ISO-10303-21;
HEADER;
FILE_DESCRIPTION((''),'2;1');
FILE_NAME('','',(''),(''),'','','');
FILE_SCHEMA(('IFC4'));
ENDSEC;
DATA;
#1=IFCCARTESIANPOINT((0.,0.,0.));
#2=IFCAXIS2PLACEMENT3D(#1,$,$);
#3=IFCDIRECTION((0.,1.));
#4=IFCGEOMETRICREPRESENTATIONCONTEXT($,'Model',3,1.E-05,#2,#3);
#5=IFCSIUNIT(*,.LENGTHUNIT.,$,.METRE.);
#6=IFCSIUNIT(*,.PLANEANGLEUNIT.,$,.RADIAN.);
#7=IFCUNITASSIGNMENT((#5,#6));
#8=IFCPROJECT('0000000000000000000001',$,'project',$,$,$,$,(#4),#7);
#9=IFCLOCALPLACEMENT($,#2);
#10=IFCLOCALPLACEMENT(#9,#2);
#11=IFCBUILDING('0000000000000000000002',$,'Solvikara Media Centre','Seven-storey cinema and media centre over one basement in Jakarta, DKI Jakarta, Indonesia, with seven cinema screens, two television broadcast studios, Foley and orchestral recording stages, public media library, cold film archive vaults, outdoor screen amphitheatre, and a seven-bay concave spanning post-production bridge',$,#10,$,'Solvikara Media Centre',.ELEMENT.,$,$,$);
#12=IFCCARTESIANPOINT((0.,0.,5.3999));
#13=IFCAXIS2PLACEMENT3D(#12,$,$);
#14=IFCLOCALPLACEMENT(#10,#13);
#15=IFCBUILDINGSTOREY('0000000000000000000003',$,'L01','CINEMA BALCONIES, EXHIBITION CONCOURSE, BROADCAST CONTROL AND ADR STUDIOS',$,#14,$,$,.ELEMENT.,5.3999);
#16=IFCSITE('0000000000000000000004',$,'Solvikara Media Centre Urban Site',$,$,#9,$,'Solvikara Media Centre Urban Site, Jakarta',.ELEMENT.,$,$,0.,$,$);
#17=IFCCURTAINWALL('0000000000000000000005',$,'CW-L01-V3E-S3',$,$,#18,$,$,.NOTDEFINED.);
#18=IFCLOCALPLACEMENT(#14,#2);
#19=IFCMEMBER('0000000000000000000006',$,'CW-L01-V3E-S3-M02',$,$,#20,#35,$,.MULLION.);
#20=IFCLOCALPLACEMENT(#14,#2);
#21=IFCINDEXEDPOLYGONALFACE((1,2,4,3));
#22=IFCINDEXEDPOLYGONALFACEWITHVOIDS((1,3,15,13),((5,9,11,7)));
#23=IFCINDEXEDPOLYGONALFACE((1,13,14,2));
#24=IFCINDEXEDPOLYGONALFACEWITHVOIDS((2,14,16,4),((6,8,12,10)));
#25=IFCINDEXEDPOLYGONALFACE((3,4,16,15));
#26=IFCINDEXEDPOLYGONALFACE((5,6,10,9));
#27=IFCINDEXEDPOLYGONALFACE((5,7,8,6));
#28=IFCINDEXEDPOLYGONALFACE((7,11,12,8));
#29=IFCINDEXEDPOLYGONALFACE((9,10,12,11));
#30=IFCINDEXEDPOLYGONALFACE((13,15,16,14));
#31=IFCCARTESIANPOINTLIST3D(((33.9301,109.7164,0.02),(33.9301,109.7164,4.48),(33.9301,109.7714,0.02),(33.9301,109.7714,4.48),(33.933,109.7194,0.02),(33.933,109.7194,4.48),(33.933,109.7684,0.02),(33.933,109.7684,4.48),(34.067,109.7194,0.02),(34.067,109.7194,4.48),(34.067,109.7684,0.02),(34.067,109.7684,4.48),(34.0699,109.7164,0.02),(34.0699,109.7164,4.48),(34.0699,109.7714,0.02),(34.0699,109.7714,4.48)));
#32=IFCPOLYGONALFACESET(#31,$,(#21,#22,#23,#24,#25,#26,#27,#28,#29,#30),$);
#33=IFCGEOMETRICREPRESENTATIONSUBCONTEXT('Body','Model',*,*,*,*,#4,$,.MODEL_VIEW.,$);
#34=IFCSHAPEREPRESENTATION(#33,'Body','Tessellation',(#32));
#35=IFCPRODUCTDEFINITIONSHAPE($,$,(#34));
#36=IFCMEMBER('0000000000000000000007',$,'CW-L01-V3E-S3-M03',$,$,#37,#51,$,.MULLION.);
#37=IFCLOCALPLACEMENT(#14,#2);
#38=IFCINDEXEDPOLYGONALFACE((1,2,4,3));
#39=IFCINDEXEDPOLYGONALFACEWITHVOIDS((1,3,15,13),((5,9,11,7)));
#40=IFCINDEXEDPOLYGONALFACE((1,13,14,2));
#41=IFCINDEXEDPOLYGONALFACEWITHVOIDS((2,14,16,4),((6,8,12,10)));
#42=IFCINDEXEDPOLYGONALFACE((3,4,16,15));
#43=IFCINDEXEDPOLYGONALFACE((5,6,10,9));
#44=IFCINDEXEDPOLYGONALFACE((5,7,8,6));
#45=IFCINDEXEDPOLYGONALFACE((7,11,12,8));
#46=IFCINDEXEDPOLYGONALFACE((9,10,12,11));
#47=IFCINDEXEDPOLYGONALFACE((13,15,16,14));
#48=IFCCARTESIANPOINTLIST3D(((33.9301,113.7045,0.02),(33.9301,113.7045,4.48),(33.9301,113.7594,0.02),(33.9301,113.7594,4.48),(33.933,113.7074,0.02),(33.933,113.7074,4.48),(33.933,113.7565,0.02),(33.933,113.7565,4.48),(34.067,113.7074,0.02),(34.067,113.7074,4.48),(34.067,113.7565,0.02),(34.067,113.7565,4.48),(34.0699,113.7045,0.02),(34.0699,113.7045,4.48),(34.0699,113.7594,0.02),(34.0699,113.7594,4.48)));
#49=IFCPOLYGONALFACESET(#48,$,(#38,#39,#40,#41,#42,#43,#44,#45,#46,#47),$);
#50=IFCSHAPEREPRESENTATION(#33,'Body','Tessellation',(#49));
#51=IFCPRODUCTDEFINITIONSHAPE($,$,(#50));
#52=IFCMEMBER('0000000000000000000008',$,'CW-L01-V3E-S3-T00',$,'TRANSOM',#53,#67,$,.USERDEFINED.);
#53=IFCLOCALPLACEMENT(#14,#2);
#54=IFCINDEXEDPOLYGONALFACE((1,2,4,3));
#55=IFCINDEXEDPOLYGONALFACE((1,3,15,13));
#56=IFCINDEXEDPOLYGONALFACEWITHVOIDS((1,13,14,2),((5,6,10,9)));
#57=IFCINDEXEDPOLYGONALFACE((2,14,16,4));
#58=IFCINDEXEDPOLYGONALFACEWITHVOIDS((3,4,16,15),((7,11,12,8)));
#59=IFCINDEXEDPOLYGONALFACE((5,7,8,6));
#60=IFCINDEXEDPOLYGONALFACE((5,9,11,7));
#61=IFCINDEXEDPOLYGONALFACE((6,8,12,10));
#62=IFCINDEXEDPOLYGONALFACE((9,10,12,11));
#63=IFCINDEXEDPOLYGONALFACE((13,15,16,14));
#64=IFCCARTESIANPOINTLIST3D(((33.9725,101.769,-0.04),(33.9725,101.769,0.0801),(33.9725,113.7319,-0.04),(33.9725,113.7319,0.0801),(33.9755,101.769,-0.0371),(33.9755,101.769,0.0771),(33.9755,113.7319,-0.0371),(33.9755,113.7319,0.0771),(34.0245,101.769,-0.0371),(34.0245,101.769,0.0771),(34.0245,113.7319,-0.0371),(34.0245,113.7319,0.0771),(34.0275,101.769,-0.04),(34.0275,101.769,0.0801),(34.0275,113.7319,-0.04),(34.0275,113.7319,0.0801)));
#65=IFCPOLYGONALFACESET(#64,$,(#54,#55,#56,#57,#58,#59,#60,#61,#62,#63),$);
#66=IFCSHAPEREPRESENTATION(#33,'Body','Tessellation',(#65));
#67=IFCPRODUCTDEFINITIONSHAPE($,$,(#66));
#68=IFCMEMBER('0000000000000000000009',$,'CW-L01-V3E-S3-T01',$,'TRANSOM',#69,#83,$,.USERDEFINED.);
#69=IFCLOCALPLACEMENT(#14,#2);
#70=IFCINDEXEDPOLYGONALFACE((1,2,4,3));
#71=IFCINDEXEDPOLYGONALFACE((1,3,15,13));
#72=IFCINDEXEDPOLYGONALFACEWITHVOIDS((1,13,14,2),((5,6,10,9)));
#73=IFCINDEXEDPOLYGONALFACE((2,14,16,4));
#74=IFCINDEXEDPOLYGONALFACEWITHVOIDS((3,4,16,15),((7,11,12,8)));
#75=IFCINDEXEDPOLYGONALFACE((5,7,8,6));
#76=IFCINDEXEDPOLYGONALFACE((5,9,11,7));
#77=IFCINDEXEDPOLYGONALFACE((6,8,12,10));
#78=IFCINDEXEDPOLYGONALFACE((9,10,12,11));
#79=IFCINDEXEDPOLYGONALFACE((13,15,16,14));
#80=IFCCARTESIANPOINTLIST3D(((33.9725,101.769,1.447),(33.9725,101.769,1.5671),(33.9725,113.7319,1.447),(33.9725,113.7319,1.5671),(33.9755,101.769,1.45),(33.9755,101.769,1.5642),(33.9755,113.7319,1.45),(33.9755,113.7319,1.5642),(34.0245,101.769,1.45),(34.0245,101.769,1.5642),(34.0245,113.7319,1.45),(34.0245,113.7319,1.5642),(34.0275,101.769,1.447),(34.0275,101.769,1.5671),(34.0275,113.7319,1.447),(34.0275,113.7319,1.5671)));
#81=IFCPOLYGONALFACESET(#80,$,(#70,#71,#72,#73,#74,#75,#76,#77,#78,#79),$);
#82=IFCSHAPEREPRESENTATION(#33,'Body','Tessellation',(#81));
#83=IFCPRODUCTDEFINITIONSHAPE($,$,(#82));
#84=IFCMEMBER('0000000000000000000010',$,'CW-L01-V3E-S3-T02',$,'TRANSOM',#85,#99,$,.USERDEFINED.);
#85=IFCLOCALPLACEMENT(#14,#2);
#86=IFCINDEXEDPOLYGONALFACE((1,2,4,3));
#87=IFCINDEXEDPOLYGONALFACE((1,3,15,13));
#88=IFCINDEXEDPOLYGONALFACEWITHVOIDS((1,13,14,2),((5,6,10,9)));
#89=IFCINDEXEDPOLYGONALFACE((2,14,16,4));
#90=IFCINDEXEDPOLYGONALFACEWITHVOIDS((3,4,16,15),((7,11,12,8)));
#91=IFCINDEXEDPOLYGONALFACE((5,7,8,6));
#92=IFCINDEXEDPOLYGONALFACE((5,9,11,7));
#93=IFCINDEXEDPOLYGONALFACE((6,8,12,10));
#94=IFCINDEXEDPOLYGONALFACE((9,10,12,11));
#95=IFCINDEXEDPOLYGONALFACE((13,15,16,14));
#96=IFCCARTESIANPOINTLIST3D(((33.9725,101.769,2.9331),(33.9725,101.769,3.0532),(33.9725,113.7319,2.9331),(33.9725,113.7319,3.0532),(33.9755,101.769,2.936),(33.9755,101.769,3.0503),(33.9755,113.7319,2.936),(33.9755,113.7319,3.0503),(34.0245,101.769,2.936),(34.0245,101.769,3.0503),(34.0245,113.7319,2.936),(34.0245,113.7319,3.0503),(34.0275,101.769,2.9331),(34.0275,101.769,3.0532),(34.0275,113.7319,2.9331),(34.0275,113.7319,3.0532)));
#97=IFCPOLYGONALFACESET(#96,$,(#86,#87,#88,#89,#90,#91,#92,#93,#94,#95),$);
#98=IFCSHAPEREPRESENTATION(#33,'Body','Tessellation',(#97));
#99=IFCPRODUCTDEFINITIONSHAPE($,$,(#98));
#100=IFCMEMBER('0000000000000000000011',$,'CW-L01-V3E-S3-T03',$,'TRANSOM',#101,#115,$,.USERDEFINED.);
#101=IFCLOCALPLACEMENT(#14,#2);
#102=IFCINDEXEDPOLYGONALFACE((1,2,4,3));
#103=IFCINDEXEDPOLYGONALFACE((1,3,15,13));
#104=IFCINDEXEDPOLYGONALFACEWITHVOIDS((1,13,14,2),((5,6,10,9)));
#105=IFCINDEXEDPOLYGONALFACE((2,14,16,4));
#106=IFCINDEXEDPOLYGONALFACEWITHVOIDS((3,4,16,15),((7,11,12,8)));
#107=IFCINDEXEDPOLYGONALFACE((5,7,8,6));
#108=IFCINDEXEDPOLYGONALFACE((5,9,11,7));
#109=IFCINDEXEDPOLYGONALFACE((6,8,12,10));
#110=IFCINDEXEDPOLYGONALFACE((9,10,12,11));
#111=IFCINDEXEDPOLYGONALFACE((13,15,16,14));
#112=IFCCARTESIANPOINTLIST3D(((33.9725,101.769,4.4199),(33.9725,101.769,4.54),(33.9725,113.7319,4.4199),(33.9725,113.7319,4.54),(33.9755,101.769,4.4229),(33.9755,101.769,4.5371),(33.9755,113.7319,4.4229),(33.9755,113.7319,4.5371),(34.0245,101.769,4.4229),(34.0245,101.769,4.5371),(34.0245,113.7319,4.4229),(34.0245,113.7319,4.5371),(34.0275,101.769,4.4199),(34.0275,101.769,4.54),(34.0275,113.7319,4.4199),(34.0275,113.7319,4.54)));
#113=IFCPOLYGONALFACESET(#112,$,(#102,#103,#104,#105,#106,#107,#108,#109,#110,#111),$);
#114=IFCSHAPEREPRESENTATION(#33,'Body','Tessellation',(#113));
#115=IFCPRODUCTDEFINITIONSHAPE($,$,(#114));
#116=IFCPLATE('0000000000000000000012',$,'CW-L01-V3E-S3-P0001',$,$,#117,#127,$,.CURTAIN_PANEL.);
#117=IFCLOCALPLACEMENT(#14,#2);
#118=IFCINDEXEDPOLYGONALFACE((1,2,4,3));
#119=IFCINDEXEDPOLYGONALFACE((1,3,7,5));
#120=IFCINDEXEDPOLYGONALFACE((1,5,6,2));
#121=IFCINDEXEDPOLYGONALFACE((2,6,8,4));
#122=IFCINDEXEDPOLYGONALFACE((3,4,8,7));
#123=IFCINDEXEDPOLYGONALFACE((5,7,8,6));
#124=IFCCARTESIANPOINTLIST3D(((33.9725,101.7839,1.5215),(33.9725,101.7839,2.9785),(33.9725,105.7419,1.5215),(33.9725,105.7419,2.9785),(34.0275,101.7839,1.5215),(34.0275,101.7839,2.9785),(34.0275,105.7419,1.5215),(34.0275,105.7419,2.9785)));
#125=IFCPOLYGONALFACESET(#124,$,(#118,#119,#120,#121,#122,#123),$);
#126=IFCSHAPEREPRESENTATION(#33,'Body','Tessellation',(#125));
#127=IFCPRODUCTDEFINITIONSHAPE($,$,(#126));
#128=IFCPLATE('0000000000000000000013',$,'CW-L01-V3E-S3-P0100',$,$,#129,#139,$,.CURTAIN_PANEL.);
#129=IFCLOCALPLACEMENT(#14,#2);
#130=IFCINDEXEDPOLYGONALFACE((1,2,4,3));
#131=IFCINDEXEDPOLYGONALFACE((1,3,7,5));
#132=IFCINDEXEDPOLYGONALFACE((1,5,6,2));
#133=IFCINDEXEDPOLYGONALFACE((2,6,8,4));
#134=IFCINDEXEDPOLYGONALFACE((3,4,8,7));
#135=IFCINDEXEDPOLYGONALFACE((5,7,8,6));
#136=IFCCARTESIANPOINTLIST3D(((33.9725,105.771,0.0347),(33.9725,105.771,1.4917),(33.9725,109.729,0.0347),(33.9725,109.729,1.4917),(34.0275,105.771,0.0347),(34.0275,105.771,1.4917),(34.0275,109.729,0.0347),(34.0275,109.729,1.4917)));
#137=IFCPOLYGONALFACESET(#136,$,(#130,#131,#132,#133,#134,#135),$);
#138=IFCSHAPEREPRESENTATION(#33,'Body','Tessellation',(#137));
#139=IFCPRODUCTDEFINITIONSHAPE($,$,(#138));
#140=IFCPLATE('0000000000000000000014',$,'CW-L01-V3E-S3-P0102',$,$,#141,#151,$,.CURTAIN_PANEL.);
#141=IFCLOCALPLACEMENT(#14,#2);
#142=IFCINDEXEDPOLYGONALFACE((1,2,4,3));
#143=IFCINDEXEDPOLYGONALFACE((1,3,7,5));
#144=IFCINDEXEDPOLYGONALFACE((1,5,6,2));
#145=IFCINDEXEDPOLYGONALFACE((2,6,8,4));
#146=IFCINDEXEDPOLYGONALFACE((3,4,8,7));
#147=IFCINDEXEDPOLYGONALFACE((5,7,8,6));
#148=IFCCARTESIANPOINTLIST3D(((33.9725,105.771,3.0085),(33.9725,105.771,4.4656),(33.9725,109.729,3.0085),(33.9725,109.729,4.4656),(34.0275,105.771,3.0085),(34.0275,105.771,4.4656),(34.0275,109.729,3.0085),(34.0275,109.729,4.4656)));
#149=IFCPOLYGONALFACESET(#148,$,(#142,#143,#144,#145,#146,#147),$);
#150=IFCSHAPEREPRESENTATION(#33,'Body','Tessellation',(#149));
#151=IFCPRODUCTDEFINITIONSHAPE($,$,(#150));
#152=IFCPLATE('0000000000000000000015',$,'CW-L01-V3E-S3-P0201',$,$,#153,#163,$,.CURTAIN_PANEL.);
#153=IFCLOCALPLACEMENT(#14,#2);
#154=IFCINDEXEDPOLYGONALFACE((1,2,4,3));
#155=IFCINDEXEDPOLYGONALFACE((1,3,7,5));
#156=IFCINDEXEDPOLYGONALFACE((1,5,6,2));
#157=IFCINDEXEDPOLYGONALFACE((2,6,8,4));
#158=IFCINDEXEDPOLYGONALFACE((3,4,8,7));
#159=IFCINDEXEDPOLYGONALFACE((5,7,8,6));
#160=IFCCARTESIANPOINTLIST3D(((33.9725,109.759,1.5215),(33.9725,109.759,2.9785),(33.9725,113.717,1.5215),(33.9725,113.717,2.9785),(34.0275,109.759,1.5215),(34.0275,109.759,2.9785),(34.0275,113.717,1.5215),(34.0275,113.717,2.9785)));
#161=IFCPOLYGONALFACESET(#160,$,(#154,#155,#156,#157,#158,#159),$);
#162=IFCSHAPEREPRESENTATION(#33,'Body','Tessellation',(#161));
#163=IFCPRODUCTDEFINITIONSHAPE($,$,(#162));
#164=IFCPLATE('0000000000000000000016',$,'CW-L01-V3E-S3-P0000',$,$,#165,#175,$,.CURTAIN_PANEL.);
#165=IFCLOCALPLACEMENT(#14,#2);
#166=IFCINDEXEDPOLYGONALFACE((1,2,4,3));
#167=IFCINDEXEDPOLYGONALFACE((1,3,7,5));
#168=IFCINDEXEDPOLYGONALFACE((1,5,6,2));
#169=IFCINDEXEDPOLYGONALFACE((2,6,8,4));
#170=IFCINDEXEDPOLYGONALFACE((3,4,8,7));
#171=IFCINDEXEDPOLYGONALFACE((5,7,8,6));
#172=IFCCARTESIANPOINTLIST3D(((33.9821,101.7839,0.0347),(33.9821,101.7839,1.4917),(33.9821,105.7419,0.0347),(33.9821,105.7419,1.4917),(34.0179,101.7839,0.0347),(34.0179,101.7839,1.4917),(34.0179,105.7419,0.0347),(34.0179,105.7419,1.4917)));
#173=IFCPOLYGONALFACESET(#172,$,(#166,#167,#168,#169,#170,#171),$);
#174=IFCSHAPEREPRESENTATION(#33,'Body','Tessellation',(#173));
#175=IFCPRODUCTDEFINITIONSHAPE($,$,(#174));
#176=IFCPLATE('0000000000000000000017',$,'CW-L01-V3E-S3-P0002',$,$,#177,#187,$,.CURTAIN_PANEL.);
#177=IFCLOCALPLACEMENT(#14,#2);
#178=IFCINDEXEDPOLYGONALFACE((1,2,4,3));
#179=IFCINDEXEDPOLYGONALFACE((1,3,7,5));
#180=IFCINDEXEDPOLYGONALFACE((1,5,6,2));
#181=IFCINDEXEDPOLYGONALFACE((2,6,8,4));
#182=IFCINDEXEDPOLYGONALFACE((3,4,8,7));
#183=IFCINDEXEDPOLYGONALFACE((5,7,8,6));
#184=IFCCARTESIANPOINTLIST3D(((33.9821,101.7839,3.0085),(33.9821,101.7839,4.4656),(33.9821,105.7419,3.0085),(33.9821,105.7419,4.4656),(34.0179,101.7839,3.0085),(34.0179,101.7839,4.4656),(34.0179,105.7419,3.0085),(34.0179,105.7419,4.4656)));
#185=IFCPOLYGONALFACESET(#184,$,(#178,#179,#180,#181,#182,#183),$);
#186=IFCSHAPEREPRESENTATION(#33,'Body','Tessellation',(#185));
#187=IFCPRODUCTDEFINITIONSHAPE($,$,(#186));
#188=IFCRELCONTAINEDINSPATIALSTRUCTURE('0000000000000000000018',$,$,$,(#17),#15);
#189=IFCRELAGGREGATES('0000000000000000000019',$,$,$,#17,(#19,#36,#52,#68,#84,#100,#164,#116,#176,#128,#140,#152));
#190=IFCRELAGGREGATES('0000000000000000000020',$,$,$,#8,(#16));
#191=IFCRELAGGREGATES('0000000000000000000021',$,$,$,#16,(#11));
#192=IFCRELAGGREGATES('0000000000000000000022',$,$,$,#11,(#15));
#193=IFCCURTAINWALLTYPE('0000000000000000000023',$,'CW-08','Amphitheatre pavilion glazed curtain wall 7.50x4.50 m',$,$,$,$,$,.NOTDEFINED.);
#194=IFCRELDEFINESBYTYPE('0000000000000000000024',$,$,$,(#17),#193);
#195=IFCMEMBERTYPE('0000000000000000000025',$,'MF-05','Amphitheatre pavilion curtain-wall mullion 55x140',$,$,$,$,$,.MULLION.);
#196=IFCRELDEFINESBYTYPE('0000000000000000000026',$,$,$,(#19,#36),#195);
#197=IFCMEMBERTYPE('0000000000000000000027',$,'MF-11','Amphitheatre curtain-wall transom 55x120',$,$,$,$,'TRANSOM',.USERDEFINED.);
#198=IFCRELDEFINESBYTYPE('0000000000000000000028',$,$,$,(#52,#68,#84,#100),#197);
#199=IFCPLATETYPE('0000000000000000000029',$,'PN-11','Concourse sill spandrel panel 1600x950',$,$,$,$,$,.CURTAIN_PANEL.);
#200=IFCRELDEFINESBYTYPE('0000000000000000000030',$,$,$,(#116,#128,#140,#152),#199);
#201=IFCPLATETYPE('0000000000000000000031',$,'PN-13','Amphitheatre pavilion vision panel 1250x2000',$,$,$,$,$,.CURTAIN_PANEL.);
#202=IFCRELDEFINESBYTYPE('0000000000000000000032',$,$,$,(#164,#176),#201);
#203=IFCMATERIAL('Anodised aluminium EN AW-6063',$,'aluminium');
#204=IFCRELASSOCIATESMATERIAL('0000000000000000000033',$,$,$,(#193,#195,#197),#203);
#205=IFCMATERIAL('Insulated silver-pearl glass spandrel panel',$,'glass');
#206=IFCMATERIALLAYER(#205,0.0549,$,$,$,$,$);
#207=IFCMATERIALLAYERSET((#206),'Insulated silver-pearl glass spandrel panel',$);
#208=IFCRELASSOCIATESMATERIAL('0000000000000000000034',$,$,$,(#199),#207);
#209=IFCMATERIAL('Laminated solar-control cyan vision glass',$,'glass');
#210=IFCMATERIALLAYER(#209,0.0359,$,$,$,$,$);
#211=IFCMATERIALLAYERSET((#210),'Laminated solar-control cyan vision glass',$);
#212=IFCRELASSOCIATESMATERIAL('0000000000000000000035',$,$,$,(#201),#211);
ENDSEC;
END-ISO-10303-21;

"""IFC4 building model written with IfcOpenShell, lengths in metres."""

from ifc_helpers import new_model, si_unit, direction, frame, origin, origin_2d, place, context, subcontext, project, spatial, rectangle, hollow_rectangle, extrude, material, layer, layer_set, material_profile, profile_set, type_object, element, aggregate, save


model = new_model("IFC4")

# Units and contexts
model_context = context("Model", 3, precision=1e-05, world=origin(), true_north=direction((0.0, 1.0)))
body_context = subcontext(model_context, "Body", "Model", "MODEL_VIEW")
ifc_project = project(units=[si_unit("LENGTHUNIT", "METRE"), si_unit("PLANEANGLEUNIT", "RADIAN")], contexts=[model_context])

# Site, building, storey
site_placement = place(None, origin())
site = spatial("IfcSite", under=ifc_project, at=site_placement, Name="Solvikara Media Centre Urban Site", LongName="Solvikara Media Centre Urban Site, Jakarta", CompositionType="ELEMENT", RefElevation=0.0)
building_placement = place(site_placement, origin())
building = spatial("IfcBuilding", under=site, at=building_placement, Name="Solvikara Media Centre", Description="Seven-storey cinema and media centre over one basement in Jakarta, DKI Jakarta, Indonesia, with seven cinema screens, two television broadcast studios, Foley and orchestral recording stages, public media library, cold film archive vaults, outdoor screen amphitheatre, and a seven-bay concave spanning post-production bridge", LongName="Solvikara Media Centre", CompositionType="ELEMENT")
storey_placement = place(building_placement, frame((0.0, 0.0, 5.3999)))
storey = spatial("IfcBuildingStorey", under=building, at=storey_placement, Name="L01", Description="CINEMA BALCONIES, EXHIBITION CONCOURSE, BROADCAST CONTROL AND ADR STUDIOS", CompositionType="ELEMENT", Elevation=5.3999)

# Shared definitions
ifc_material_1 = material(Name="Anodised aluminium EN AW-6063", Category="aluminium")
curtain_wall_type = type_object("IfcCurtainWallType", Name="CW-08", Description="Amphitheatre pavilion glazed curtain wall 7.50x4.50 m", PredefinedType="NOTDEFINED", material=ifc_material_1)
ifc_material_profile_1 = material_profile(ifc_material_1, hollow_rectangle(XDim=0.0549, YDim=0.1399, WallThickness=0.0029, at=origin_2d()), Name="ALU-M 55x140x3")
ifc_profile_set_1 = profile_set([ifc_material_profile_1], Name="Anodised aluminium EN AW-6063")
member_type_1 = type_object("IfcMemberType", Name="MF-05", Description="Amphitheatre pavilion curtain-wall mullion 55x140", PredefinedType="MULLION", material=ifc_profile_set_1)

# Curtain wall, members, plates
curtain_wall_1_placement = place(storey_placement, origin())
curtain_wall_1 = element("IfcCurtainWall", 1, at=curtain_wall_1_placement, inside=storey, type_object=curtain_wall_type, Name="CW-L01-V3E-S3", PredefinedType="NOTDEFINED")
member_1_placement = place(storey_placement, frame((34.0, 109.7439, 0.02), z_axis=(0.0, 0.0, 1.0), x_axis=(0.0, 1.0, 0.0)))
member_1 = element("IfcMember", 2, at=member_1_placement, type_object=member_type_1, Name="CW-L01-V3E-S3-M02", PredefinedType="MULLION", context=body_context, shape_type="SweptSolid", body=[
    extrude(hollow_rectangle(XDim=0.0549, YDim=0.1399, WallThickness=0.0029, at=origin_2d()), origin(), (0.0, 0.0, 1.0), 4.46),
])
member_2_placement = place(storey_placement, frame((34.0, 113.7319, 0.02), z_axis=(0.0, 0.0, 1.0), x_axis=(0.0, 1.0, 0.0)))
member_2 = element("IfcMember", 3, at=member_2_placement, type_object=member_type_1, Name="CW-L01-V3E-S3-M03", PredefinedType="MULLION", context=body_context, shape_type="SweptSolid", body=[
    extrude(hollow_rectangle(XDim=0.0549, YDim=0.1399, WallThickness=0.0029, at=origin_2d()), origin(), (0.0, 0.0, 1.0), 4.46),
])
ifc_material_profile_2 = material_profile(ifc_material_1, hollow_rectangle(XDim=0.0549, YDim=0.1201, WallThickness=0.0029, at=origin_2d()), Name="ALU-T 55x120x3")
ifc_profile_set_2 = profile_set([ifc_material_profile_2], Name="Anodised aluminium EN AW-6063")
member_type_2 = type_object("IfcMemberType", Name="MF-11", Description="Amphitheatre curtain-wall transom 55x120", ElementType="TRANSOM", PredefinedType="USERDEFINED", material=ifc_profile_set_2)
member_3_placement = place(storey_placement, frame((34.0, 101.769, 0.02), z_axis=(0.0, 1.0, 0.0), x_axis=(-1.0, 0.0, 0.0)))
member_3 = element("IfcMember", 4, at=member_3_placement, type_object=member_type_2, Name="CW-L01-V3E-S3-T00", ObjectType="TRANSOM", PredefinedType="USERDEFINED", context=body_context, shape_type="SweptSolid", body=[
    extrude(hollow_rectangle(XDim=0.0549, YDim=0.1201, WallThickness=0.0029, at=origin_2d()), origin(), (0.0, 0.0, 1.0), 11.9629),
])
member_4_placement = place(storey_placement, frame((34.0, 101.769, 1.5071), z_axis=(0.0, 1.0, 0.0), x_axis=(-1.0, 0.0, 0.0)))
member_4 = element("IfcMember", 5, at=member_4_placement, type_object=member_type_2, Name="CW-L01-V3E-S3-T01", ObjectType="TRANSOM", PredefinedType="USERDEFINED", context=body_context, shape_type="SweptSolid", body=[
    extrude(hollow_rectangle(XDim=0.0549, YDim=0.1201, WallThickness=0.0029, at=origin_2d()), origin(), (0.0, 0.0, 1.0), 11.9629),
])
member_5_placement = place(storey_placement, frame((34.0, 101.769, 2.9932), z_axis=(0.0, 1.0, 0.0), x_axis=(-1.0, 0.0, 0.0)))
member_5 = element("IfcMember", 6, at=member_5_placement, type_object=member_type_2, Name="CW-L01-V3E-S3-T02", ObjectType="TRANSOM", PredefinedType="USERDEFINED", context=body_context, shape_type="SweptSolid", body=[
    extrude(hollow_rectangle(XDim=0.0549, YDim=0.1201, WallThickness=0.0029, at=origin_2d()), origin(), (0.0, 0.0, 1.0), 11.9629),
])
member_6_placement = place(storey_placement, frame((34.0, 101.769, 4.48), z_axis=(0.0, 1.0, 0.0), x_axis=(-1.0, 0.0, 0.0)))
member_6 = element("IfcMember", 7, at=member_6_placement, type_object=member_type_2, Name="CW-L01-V3E-S3-T03", ObjectType="TRANSOM", PredefinedType="USERDEFINED", context=body_context, shape_type="SweptSolid", body=[
    extrude(hollow_rectangle(XDim=0.0549, YDim=0.1201, WallThickness=0.0029, at=origin_2d()), origin(), (0.0, 0.0, 1.0), 11.9629),
])
ifc_material_2 = material(Name="Insulated silver-pearl glass spandrel panel", Category="glass")
ifc_layer_1 = layer(ifc_material_2, 0.0549)
ifc_layer_set_1 = layer_set([ifc_layer_1], Name="Insulated silver-pearl glass spandrel panel")
plate_type_1 = type_object("IfcPlateType", Name="PN-11", Description="Concourse sill spandrel panel 1600x950", PredefinedType="CURTAIN_PANEL", material=ifc_layer_set_1)
plate_1_placement = place(storey_placement, frame((34.0, 103.7629, 1.5215), z_axis=(0.0, 0.0, 1.0), x_axis=(0.0, 1.0, 0.0)))
plate_1 = element("IfcPlate", 8, at=plate_1_placement, type_object=plate_type_1, Name="CW-L01-V3E-S3-P0001", PredefinedType="CURTAIN_PANEL", context=body_context, shape_type="SweptSolid", body=[
    extrude(rectangle(XDim=3.958, YDim=0.0549, at=origin_2d()), origin(), (0.0, 0.0, 1.0), 1.457),
])
plate_2_placement = place(storey_placement, frame((34.0, 107.75, 0.0347), z_axis=(0.0, 0.0, 1.0), x_axis=(0.0, 1.0, 0.0)))
plate_2 = element("IfcPlate", 9, at=plate_2_placement, type_object=plate_type_1, Name="CW-L01-V3E-S3-P0100", PredefinedType="CURTAIN_PANEL", context=body_context, shape_type="SweptSolid", body=[
    extrude(rectangle(XDim=3.958, YDim=0.0549, at=origin_2d()), origin(), (0.0, 0.0, 1.0), 1.457),
])
plate_3_placement = place(storey_placement, frame((34.0, 107.75, 3.0085), z_axis=(0.0, 0.0, 1.0), x_axis=(0.0, 1.0, 0.0)))
plate_3 = element("IfcPlate", 10, at=plate_3_placement, type_object=plate_type_1, Name="CW-L01-V3E-S3-P0102", PredefinedType="CURTAIN_PANEL", context=body_context, shape_type="SweptSolid", body=[
    extrude(rectangle(XDim=3.958, YDim=0.0549, at=origin_2d()), origin(), (0.0, 0.0, 1.0), 1.457),
])
plate_4_placement = place(storey_placement, frame((34.0, 111.738, 1.5215), z_axis=(0.0, 0.0, 1.0), x_axis=(0.0, 1.0, 0.0)))
plate_4 = element("IfcPlate", 11, at=plate_4_placement, type_object=plate_type_1, Name="CW-L01-V3E-S3-P0201", PredefinedType="CURTAIN_PANEL", context=body_context, shape_type="SweptSolid", body=[
    extrude(rectangle(XDim=3.958, YDim=0.0549, at=origin_2d()), origin(), (0.0, 0.0, 1.0), 1.457),
])
ifc_material_3 = material(Name="Laminated solar-control cyan vision glass", Category="glass")
ifc_layer_2 = layer(ifc_material_3, 0.0359)
ifc_layer_set_2 = layer_set([ifc_layer_2], Name="Laminated solar-control cyan vision glass")
plate_type_2 = type_object("IfcPlateType", Name="PN-13", Description="Amphitheatre pavilion vision panel 1250x2000", PredefinedType="CURTAIN_PANEL", material=ifc_layer_set_2)
plate_5_placement = place(storey_placement, frame((34.0, 103.7629, 0.0347), z_axis=(0.0, 0.0, 1.0), x_axis=(0.0, 1.0, 0.0)))
plate_5 = element("IfcPlate", 12, at=plate_5_placement, type_object=plate_type_2, Name="CW-L01-V3E-S3-P0000", PredefinedType="CURTAIN_PANEL", context=body_context, shape_type="SweptSolid", body=[
    extrude(rectangle(XDim=3.958, YDim=0.0359, at=origin_2d()), origin(), (0.0, 0.0, 1.0), 1.457),
])
plate_6_placement = place(storey_placement, frame((34.0, 103.7629, 3.0085), z_axis=(0.0, 0.0, 1.0), x_axis=(0.0, 1.0, 0.0)))
plate_6 = element("IfcPlate", 13, at=plate_6_placement, type_object=plate_type_2, Name="CW-L01-V3E-S3-P0002", PredefinedType="CURTAIN_PANEL", context=body_context, shape_type="SweptSolid", body=[
    extrude(rectangle(XDim=3.958, YDim=0.0359, at=origin_2d()), origin(), (0.0, 0.0, 1.0), 1.457),
])
aggregate(curtain_wall_1, [member_1, member_2, member_3, member_4, member_5, member_6, plate_5, plate_1, plate_6, plate_2, plate_3, plate_4])

save(model, "model.ifc")
